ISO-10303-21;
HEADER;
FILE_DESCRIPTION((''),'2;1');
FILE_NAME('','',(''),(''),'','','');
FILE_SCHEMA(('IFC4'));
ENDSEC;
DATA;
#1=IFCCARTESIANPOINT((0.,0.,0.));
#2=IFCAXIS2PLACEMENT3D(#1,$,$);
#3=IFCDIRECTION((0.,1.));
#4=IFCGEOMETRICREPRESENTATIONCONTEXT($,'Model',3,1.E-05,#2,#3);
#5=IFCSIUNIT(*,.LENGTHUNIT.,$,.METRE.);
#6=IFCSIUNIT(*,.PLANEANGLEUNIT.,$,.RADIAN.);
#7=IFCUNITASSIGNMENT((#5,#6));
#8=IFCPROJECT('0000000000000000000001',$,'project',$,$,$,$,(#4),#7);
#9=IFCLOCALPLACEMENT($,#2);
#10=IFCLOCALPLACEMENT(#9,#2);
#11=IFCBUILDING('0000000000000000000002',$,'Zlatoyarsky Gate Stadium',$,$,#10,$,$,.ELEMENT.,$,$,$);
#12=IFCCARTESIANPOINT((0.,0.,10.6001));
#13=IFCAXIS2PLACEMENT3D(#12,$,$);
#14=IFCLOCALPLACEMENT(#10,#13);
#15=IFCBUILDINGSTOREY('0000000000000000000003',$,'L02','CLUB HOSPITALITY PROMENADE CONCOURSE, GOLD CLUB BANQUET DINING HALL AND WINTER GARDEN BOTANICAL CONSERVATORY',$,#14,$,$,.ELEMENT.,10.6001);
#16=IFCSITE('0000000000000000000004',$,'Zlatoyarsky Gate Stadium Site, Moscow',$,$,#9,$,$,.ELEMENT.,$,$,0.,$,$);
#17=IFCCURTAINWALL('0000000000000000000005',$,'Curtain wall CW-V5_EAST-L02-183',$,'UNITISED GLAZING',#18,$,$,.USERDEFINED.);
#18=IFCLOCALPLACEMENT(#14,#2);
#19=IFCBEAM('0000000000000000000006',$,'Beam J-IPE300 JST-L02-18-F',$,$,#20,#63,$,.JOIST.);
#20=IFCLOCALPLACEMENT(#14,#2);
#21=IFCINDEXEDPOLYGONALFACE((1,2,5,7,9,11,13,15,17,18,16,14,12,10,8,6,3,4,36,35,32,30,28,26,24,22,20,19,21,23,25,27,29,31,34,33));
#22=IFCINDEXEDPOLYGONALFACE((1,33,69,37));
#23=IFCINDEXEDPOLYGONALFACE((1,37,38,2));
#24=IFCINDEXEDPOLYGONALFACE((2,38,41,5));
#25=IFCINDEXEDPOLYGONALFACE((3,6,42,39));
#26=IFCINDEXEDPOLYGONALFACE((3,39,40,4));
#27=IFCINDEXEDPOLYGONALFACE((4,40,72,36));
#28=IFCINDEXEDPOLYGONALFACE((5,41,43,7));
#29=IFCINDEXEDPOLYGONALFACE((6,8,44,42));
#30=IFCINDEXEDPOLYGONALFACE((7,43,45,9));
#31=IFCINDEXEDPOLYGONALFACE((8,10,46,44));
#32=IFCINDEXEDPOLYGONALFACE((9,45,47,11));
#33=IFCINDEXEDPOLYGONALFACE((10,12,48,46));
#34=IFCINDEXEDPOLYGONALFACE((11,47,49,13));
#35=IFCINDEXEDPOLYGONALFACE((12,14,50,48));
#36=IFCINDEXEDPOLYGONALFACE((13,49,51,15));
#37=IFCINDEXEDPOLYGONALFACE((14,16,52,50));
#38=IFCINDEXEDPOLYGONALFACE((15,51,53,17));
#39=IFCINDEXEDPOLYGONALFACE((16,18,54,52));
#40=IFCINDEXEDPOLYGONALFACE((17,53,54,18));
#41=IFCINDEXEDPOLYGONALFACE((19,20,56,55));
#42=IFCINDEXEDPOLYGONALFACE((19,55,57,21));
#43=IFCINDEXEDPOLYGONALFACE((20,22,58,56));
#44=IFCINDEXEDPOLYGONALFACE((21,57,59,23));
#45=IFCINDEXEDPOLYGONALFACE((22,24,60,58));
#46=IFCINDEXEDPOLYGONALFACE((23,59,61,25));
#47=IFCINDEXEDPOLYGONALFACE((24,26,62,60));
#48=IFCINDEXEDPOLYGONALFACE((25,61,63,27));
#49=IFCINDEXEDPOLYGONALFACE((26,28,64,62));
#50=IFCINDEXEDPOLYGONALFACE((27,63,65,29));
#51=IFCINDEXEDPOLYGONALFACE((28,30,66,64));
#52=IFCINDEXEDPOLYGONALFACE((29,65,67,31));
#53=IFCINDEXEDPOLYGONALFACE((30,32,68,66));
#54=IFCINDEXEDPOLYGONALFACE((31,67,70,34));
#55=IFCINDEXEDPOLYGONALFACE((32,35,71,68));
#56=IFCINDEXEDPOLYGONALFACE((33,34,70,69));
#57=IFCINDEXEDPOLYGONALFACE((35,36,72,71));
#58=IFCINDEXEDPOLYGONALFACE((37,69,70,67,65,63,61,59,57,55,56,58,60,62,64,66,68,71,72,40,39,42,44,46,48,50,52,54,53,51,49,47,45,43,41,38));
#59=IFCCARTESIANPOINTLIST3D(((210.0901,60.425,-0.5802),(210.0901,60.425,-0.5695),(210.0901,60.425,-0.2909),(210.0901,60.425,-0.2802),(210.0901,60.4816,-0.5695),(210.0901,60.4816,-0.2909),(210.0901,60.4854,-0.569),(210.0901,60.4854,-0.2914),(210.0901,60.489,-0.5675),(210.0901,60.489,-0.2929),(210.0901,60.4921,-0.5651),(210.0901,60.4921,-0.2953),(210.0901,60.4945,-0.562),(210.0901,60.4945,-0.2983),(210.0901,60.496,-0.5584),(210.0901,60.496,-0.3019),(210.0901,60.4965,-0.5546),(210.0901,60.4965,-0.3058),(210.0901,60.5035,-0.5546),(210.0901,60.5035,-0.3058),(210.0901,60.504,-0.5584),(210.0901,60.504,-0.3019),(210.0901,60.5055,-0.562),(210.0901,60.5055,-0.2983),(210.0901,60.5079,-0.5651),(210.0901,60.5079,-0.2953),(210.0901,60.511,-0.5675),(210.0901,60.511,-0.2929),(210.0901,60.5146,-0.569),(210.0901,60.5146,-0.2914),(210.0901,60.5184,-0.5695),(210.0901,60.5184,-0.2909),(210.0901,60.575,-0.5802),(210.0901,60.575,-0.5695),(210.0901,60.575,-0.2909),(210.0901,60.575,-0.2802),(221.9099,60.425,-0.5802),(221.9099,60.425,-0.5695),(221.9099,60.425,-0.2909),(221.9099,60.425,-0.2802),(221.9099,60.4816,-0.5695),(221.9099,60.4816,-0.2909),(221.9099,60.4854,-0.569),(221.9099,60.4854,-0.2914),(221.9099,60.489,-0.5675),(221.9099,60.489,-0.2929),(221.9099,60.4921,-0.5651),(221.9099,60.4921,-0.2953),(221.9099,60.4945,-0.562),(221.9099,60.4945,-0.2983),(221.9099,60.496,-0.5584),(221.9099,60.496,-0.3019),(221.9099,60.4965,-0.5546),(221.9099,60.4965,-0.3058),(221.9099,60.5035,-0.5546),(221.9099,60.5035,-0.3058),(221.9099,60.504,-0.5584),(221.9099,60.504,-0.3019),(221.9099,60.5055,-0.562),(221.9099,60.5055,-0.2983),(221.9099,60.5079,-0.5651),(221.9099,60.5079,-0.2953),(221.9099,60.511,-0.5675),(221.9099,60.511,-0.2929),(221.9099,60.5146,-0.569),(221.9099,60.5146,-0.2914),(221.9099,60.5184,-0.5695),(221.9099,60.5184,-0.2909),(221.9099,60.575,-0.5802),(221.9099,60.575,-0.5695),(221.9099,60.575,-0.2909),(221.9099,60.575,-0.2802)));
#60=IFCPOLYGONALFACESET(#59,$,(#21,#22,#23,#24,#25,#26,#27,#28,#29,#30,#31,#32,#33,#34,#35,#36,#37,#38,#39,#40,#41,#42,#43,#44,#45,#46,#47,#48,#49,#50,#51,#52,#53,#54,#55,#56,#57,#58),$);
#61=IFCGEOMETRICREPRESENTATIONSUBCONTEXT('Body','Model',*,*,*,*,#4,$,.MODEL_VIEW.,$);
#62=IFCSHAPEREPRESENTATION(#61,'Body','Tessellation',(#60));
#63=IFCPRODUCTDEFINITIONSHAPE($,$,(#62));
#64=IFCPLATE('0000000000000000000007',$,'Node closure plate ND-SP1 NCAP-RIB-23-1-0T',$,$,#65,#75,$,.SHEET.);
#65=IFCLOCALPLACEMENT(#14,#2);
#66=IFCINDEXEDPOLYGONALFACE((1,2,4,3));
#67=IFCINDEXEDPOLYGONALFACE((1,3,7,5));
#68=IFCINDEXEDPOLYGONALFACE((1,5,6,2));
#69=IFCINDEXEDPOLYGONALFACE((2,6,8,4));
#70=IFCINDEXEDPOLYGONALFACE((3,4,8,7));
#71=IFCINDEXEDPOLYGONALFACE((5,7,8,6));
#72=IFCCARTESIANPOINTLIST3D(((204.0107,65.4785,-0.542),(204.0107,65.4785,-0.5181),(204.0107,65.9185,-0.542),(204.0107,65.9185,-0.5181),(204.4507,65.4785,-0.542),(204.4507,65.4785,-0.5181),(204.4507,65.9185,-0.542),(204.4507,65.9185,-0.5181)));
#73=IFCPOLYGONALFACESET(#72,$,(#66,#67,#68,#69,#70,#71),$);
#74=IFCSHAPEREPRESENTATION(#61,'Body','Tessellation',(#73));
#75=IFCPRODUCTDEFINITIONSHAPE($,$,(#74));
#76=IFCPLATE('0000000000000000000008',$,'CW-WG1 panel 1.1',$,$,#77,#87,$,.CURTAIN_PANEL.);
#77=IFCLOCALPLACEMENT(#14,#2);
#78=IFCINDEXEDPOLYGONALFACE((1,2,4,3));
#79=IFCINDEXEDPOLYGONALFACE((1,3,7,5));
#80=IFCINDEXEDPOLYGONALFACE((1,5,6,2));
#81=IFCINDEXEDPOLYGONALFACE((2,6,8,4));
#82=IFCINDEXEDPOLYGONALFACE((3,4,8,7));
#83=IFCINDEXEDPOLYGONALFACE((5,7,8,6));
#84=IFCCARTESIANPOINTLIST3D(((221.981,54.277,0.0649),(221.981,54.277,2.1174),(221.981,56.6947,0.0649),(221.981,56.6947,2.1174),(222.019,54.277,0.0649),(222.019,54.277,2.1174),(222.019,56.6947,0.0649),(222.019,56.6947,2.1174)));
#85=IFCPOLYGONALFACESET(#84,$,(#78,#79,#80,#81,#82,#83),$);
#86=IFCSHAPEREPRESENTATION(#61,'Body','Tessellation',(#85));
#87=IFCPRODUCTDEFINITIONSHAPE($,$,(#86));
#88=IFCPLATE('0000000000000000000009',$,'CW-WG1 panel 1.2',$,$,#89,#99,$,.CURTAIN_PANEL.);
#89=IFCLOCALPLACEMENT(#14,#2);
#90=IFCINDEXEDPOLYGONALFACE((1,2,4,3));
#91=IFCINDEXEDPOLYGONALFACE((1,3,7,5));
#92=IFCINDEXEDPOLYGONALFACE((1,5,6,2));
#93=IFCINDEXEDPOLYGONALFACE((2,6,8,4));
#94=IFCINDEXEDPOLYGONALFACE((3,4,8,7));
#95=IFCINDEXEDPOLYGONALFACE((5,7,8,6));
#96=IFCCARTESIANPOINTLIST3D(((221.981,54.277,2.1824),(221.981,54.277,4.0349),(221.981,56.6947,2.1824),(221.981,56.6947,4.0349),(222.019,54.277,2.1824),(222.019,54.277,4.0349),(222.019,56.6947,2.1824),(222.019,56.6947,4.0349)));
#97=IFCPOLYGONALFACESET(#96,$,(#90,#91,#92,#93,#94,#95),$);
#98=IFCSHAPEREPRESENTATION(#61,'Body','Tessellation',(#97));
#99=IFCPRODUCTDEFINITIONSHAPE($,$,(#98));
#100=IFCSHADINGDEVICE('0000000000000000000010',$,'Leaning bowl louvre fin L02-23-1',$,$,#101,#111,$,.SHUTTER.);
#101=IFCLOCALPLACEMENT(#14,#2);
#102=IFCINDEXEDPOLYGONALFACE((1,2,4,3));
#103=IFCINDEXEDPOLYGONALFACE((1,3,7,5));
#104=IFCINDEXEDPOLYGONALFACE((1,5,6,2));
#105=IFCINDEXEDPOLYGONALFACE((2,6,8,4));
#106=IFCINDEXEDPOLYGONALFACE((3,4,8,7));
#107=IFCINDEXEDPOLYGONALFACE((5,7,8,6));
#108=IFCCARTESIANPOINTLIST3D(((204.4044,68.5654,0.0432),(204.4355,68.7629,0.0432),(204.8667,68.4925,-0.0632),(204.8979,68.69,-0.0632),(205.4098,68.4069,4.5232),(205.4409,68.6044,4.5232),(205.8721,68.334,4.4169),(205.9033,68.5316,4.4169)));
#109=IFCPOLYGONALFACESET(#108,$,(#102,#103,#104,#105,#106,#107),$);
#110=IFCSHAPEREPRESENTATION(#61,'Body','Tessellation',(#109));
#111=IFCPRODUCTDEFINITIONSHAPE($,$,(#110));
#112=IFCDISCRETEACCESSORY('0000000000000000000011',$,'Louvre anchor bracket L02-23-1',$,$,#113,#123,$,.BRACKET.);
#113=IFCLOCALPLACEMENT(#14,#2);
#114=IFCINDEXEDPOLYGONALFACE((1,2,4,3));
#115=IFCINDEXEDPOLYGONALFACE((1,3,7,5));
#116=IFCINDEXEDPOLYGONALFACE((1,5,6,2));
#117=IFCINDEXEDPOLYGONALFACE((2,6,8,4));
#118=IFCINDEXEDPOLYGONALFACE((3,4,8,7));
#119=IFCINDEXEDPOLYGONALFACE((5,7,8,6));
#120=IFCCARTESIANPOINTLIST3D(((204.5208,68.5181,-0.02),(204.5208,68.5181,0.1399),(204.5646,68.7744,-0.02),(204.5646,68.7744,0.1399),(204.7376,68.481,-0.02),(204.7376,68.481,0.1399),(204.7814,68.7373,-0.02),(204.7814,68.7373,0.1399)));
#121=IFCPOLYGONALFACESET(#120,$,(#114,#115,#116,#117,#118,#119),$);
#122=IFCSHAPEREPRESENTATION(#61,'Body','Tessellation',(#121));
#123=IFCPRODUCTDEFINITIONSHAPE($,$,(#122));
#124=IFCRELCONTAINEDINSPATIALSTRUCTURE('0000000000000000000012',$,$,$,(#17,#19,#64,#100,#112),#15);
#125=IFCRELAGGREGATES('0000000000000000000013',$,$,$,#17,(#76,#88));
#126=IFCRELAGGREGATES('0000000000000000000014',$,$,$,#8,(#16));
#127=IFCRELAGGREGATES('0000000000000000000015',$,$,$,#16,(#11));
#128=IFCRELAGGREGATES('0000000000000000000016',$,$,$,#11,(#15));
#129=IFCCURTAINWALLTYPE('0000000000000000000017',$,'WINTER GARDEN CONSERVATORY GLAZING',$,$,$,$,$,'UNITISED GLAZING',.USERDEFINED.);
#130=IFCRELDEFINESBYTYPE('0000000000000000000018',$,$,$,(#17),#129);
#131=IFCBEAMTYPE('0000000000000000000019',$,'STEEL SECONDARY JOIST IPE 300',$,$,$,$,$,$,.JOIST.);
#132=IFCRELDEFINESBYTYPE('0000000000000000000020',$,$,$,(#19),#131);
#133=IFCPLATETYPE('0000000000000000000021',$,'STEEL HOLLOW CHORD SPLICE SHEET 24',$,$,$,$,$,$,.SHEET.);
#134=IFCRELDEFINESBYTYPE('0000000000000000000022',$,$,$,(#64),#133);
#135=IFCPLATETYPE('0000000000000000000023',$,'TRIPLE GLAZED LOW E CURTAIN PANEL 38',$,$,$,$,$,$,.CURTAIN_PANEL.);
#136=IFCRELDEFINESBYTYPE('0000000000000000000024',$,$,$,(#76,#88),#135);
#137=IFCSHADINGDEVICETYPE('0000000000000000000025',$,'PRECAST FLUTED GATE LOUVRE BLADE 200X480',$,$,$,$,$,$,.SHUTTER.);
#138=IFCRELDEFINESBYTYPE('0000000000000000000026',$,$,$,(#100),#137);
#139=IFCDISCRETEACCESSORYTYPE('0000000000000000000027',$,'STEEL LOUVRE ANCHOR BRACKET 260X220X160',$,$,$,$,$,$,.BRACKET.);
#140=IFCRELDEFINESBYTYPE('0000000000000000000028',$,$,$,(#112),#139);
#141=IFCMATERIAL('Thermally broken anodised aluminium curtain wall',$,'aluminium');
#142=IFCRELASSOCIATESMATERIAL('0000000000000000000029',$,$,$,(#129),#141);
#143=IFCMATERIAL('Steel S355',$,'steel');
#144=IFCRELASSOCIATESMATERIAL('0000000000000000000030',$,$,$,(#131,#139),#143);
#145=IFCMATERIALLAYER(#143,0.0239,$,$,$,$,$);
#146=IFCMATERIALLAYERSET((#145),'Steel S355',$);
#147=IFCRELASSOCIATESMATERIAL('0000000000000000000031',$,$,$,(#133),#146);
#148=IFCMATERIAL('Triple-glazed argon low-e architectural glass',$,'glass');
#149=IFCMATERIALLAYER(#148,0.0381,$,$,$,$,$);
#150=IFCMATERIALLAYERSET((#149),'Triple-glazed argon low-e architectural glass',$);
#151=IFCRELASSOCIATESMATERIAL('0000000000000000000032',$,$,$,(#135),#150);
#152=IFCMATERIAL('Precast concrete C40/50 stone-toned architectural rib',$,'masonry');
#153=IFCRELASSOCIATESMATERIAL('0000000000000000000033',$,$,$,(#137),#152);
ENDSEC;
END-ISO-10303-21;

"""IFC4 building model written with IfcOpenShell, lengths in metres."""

from ifc_helpers import new_model, si_unit, direction, frame, origin, origin_2d, place, context, subcontext, project, spatial, rectangle, i_section, extrude, material, layer, layer_set, material_profile, profile_set, type_object, element, aggregate, save


model = new_model("IFC4")

# Units and contexts
model_context = context("Model", 3, precision=1e-05, world=origin(), true_north=direction((0.0, 1.0)))
body_context = subcontext(model_context, "Body", "Model", "MODEL_VIEW")
ifc_project = project(units=[si_unit("LENGTHUNIT", "METRE"), si_unit("PLANEANGLEUNIT", "RADIAN")], contexts=[model_context])

# Site, building, storey
site_placement = place(None, origin())
site = spatial("IfcSite", under=ifc_project, at=site_placement, Name="Zlatoyarsky Gate Stadium Site, Moscow", CompositionType="ELEMENT", RefElevation=0.0)
building_placement = place(site_placement, origin())
building = spatial("IfcBuilding", under=site, at=building_placement, Name="Zlatoyarsky Gate Stadium", CompositionType="ELEMENT")
storey_placement = place(building_placement, frame((0.0, 0.0, 10.6001)))
storey = spatial("IfcBuildingStorey", under=building, at=storey_placement, Name="L02", Description="CLUB HOSPITALITY PROMENADE CONCOURSE, GOLD CLUB BANQUET DINING HALL AND WINTER GARDEN BOTANICAL CONSERVATORY", CompositionType="ELEMENT", Elevation=10.6001)

# Shared definitions
ifc_material_1 = material(Name="Steel S355", Category="steel")

# Shared definitions
ifc_material_2 = material(Name="Thermally broken anodised aluminium curtain wall", Category="aluminium")

# Curtain wall
curtain_wall_type_1 = type_object("IfcCurtainWallType", Name="WINTER GARDEN CONSERVATORY GLAZING", ElementType="UNITISED GLAZING", PredefinedType="USERDEFINED", material=ifc_material_2)
curtain_wall_1_placement = place(storey_placement, origin())
curtain_wall_1 = element("IfcCurtainWall", 1, at=curtain_wall_1_placement, inside=storey, type_object=curtain_wall_type_1, Name="Curtain wall CW-V5_EAST-L02-183", ObjectType="UNITISED GLAZING", PredefinedType="USERDEFINED")

# Beam
ifc_material_profile_1 = material_profile(ifc_material_1, i_section(OverallWidth=0.1499, OverallDepth=0.3, WebThickness=0.0071, FlangeThickness=0.0107, FilletRadius=0.0149, at=origin_2d()), Name="IPE 300")
ifc_profile_set_1 = profile_set([ifc_material_profile_1], Name="Steel S355")
beam_type_1 = type_object("IfcBeamType", Name="STEEL SECONDARY JOIST IPE 300", PredefinedType="JOIST", material=ifc_profile_set_1)
beam_placement = place(storey_placement, frame((210.0901, 60.5, -0.4302), z_axis=(1.0, 0.0, 0.0), x_axis=(0.0, 1.0, 0.0)))
element("IfcBeam", 2, at=beam_placement, inside=storey, type_object=beam_type_1, Name="Beam J-IPE300 JST-L02-18-F", PredefinedType="JOIST", context=body_context, shape_type="SweptSolid", body=[
    extrude(i_section(OverallWidth=0.1499, OverallDepth=0.3, WebThickness=0.0071, FlangeThickness=0.0107, FilletRadius=0.0149, at=origin_2d()), origin(), (0.0, 0.0, 1.0), 11.8198),
])

# Plates
ifc_layer_1 = layer(ifc_material_1, 0.0239)
ifc_layer_set_1 = layer_set([ifc_layer_1], Name="Steel S355")
plate_type_1 = type_object("IfcPlateType", Name="STEEL HOLLOW CHORD SPLICE SHEET 24", PredefinedType="SHEET", material=ifc_layer_set_1)
plate_1_placement = place(storey_placement, frame((204.2307, 65.6985, -0.542), z_axis=(0.0, 0.0, 1.0), x_axis=(1.0, 0.0, 0.0)))
element("IfcPlate", 3, at=plate_1_placement, inside=storey, type_object=plate_type_1, Name="Node closure plate ND-SP1 NCAP-RIB-23-1-0T", PredefinedType="SHEET", context=body_context, shape_type="SweptSolid", body=[
    extrude(rectangle(XDim=0.4399, YDim=0.4399, at=origin_2d()), origin(), (0.0, 0.0, 1.0), 0.0239),
])
ifc_material_3 = material(Name="Triple-glazed argon low-e architectural glass", Category="glass")
ifc_layer_2 = layer(ifc_material_3, 0.0381)
ifc_layer_set_2 = layer_set([ifc_layer_2], Name="Triple-glazed argon low-e architectural glass")
plate_type_2 = type_object("IfcPlateType", Name="TRIPLE GLAZED LOW E CURTAIN PANEL 38", PredefinedType="CURTAIN_PANEL", material=ifc_layer_set_2)
plate_2_placement = place(storey_placement, frame((222.0, 55.4858, 0.0649), z_axis=(0.0, 0.0, 1.0), x_axis=(0.0, 1.0, 0.0)))
plate_2 = element("IfcPlate", 4, at=plate_2_placement, type_object=plate_type_2, Name="CW-WG1 panel 1.1", PredefinedType="CURTAIN_PANEL", context=body_context, shape_type="SweptSolid", body=[
    extrude(rectangle(XDim=2.4177, YDim=0.0381, at=origin_2d()), origin(), (0.0, 0.0, 1.0), 2.0525),
])
plate_3_placement = place(storey_placement, frame((222.0, 55.4858, 2.1824), z_axis=(0.0, 0.0, 1.0), x_axis=(0.0, 1.0, 0.0)))
plate_3 = element("IfcPlate", 5, at=plate_3_placement, type_object=plate_type_2, Name="CW-WG1 panel 1.2", PredefinedType="CURTAIN_PANEL", context=body_context, shape_type="SweptSolid", body=[
    extrude(rectangle(XDim=2.4177, YDim=0.0381, at=origin_2d()), origin(), (0.0, 0.0, 1.0), 1.8525),
])
aggregate(curtain_wall_1, [plate_2, plate_3])

# Shading device
ifc_material_4 = material(Name="Precast concrete C40/50 stone-toned architectural rib", Category="masonry")
ifc_material_profile_2 = material_profile(ifc_material_4, rectangle(XDim=0.2, YDim=0.48, at=origin_2d()), Name="RIB 200X480")
ifc_profile_set_2 = profile_set([ifc_material_profile_2], Name="Precast concrete C40/50 stone-toned architectural rib")
shading_device_type = type_object("IfcShadingDeviceType", Name="PRECAST FLUTED GATE LOUVRE BLADE 200X480", PredefinedType="SHUTTER", material=ifc_profile_set_2)
shading_device_placement = place(storey_placement, frame((204.6511, 68.6277, -0.01), z_axis=(0.218838, -0.034489, 0.975152), x_axis=(0.155679, 0.987808, 0.0)))
element("IfcShadingDevice", 6, at=shading_device_placement, inside=storey, type_object=shading_device_type, Name="Leaning bowl louvre fin L02-23-1", PredefinedType="SHUTTER", context=body_context, shape_type="SweptSolid", body=[
    extrude(rectangle(XDim=0.2, YDim=0.48, at=origin_2d()), origin(), (0.0, 0.0, 1.0), 4.5942),
])

# Discrete accessory
discrete_accessory_type = type_object("IfcDiscreteAccessoryType", Name="STEEL LOUVRE ANCHOR BRACKET 260X220X160", PredefinedType="BRACKET", material=ifc_material_1)
discrete_accessory_placement = place(storey_placement, frame((204.6511, 68.6277, -0.02), z_axis=(0.0, 0.0, 1.0), x_axis=(0.168563, 0.985691, 0.0)))
element("IfcDiscreteAccessory", 7, at=discrete_accessory_placement, inside=storey, type_object=discrete_accessory_type, Name="Louvre anchor bracket L02-23-1", PredefinedType="BRACKET", context=body_context, shape_type="SweptSolid", body=[
    extrude(rectangle(XDim=0.26, YDim=0.22, at=origin_2d()), origin(), (0.0, 0.0, 1.0), 0.1599),
])

save(model, "model.ifc")
